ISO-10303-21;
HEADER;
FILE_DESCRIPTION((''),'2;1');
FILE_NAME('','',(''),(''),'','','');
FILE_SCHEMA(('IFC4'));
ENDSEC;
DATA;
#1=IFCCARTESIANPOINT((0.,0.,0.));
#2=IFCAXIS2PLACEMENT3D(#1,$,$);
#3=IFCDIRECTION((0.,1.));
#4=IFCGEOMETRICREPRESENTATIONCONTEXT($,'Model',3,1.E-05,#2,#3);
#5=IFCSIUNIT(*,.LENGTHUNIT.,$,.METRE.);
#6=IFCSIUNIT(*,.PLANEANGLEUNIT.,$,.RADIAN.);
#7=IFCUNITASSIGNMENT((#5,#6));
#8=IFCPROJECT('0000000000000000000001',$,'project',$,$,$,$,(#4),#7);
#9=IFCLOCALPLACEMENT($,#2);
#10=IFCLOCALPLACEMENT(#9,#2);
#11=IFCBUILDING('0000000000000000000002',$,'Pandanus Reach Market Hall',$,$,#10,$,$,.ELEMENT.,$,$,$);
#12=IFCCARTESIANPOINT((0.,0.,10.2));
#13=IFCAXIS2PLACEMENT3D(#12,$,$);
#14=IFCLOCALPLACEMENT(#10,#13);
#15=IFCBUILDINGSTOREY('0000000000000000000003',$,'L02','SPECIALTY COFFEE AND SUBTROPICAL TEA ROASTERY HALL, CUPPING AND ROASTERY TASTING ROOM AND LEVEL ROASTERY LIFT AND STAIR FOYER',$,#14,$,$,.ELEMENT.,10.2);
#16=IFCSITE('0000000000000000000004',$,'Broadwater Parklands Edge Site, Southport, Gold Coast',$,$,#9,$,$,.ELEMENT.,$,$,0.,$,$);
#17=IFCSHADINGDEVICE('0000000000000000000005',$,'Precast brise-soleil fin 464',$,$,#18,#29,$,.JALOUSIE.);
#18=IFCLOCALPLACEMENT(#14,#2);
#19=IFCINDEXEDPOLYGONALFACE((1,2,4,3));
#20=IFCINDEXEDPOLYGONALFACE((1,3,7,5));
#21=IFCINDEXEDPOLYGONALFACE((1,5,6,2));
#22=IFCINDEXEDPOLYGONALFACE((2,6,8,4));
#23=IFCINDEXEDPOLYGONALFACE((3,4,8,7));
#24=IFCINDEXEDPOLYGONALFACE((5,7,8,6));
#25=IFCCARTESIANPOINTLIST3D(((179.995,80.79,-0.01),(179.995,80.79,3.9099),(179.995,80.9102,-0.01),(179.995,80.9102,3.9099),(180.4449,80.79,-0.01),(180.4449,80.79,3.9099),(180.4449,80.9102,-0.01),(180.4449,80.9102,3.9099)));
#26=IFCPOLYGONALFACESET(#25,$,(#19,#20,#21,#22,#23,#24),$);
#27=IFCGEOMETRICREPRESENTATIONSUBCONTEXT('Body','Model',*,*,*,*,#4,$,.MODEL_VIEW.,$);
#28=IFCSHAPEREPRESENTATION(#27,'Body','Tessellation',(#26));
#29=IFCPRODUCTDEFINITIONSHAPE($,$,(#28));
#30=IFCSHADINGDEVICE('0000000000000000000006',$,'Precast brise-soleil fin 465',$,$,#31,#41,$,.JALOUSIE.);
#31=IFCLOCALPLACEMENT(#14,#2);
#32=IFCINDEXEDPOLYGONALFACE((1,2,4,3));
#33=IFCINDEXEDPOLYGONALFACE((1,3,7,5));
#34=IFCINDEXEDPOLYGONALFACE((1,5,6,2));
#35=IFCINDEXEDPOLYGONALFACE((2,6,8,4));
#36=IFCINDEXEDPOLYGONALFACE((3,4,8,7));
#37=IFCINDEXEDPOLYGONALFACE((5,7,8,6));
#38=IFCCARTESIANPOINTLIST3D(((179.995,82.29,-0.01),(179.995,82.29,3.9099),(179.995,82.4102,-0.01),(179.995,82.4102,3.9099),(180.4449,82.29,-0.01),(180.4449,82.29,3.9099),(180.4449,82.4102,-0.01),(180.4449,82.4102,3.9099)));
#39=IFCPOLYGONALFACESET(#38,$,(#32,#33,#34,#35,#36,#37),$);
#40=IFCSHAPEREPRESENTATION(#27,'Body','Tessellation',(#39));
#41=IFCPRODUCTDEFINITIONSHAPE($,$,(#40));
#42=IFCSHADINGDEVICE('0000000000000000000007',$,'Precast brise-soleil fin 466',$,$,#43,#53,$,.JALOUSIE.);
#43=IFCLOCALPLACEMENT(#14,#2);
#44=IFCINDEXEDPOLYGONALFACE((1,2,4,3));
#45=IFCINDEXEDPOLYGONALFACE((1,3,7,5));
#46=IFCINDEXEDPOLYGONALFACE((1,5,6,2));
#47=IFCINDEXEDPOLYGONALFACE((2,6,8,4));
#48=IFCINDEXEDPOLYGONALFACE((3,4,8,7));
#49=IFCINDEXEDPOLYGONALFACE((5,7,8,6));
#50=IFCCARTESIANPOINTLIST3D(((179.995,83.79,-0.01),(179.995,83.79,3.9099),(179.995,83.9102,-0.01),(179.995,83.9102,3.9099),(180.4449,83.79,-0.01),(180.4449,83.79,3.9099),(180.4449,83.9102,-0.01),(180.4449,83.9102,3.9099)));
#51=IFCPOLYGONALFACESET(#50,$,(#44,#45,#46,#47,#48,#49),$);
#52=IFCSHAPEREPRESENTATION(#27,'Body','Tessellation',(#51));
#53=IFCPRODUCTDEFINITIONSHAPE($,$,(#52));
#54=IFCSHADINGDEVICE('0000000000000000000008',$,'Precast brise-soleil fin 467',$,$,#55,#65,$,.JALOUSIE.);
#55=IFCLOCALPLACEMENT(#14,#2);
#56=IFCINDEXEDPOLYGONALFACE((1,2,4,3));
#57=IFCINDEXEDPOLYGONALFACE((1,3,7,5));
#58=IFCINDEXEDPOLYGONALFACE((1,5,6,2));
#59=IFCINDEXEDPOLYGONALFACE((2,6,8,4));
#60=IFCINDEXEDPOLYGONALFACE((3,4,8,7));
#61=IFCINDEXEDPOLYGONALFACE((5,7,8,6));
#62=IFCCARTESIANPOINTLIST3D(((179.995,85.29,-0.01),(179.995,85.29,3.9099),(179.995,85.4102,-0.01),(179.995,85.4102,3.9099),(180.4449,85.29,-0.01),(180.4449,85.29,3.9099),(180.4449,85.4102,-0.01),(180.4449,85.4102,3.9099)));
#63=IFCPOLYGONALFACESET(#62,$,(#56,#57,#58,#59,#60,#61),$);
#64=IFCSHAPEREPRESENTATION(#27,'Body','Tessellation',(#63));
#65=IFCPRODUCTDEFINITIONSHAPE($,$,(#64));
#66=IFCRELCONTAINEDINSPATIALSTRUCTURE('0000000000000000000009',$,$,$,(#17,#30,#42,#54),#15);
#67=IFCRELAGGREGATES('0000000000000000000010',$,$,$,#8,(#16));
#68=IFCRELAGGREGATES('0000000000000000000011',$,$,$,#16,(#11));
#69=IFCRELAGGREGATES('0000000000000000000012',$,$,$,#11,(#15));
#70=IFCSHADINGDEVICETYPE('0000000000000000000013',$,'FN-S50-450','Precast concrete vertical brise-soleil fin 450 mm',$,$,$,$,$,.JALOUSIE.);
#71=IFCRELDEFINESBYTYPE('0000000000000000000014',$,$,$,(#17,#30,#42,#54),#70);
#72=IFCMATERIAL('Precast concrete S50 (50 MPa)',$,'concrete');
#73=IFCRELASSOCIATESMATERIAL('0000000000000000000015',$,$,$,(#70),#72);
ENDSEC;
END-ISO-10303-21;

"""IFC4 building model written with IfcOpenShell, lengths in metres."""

from ifc_helpers import new_model, si_unit, direction, frame, origin, origin_2d, place, context, subcontext, project, spatial, rectangle, extrude, material, type_object, element, save


model = new_model("IFC4")

# Units and contexts
model_context = context("Model", 3, precision=1e-05, world=origin(), true_north=direction((0.0, 1.0)))
body_context = subcontext(model_context, "Body", "Model", "MODEL_VIEW")
ifc_project = project(units=[si_unit("LENGTHUNIT", "METRE"), si_unit("PLANEANGLEUNIT", "RADIAN")], contexts=[model_context])

# Site, building, storey
site_placement = place(None, origin())
site = spatial("IfcSite", under=ifc_project, at=site_placement, Name="Broadwater Parklands Edge Site, Southport, Gold Coast", CompositionType="ELEMENT", RefElevation=0.0)
building_placement = place(site_placement, origin())
building = spatial("IfcBuilding", under=site, at=building_placement, Name="Pandanus Reach Market Hall", CompositionType="ELEMENT")
storey_placement = place(building_placement, frame((0.0, 0.0, 10.2)))
storey = spatial("IfcBuildingStorey", under=building, at=storey_placement, Name="L02", Description="SPECIALTY COFFEE AND SUBTROPICAL TEA ROASTERY HALL, CUPPING AND ROASTERY TASTING ROOM AND LEVEL ROASTERY LIFT AND STAIR FOYER", CompositionType="ELEMENT", Elevation=10.2)

# Shading devices
ifc_material_1 = material(Name="Precast concrete S50 (50 MPa)", Category="concrete")
shading_device_type = type_object("IfcShadingDeviceType", Name="FN-S50-450", Description="Precast concrete vertical brise-soleil fin 450 mm", PredefinedType="JALOUSIE", material=ifc_material_1)
for number, where, z_axis, x_axis, name in (
    (1, (180.22, 80.8501, -0.01), (0.0, 0.0, 1.0), (1.0, 0.0, 0.0), "Precast brise-soleil fin 464"),
    (2, (180.22, 82.3501, -0.01), (0.0, 0.0, 1.0), (1.0, 0.0, 0.0), "Precast brise-soleil fin 465"),
    (3, (180.22, 83.8501, -0.01), (0.0, 0.0, 1.0), (1.0, 0.0, 0.0), "Precast brise-soleil fin 466"),
    (4, (180.22, 85.3501, -0.01), (0.0, 0.0, 1.0), (1.0, 0.0, 0.0), "Precast brise-soleil fin 467"),
):
    element("IfcShadingDevice", number, at=place(storey_placement, frame(where, z_axis=z_axis, x_axis=x_axis)), inside=storey, type_object=shading_device_type, Name=name, PredefinedType="JALOUSIE", context=body_context, shape_type="SweptSolid", body=[
        extrude(rectangle(XDim=0.45, YDim=0.1201, at=origin_2d()), origin(), (0.0, 0.0, 1.0), 3.9199),
    ])

save(model, "model.ifc")
